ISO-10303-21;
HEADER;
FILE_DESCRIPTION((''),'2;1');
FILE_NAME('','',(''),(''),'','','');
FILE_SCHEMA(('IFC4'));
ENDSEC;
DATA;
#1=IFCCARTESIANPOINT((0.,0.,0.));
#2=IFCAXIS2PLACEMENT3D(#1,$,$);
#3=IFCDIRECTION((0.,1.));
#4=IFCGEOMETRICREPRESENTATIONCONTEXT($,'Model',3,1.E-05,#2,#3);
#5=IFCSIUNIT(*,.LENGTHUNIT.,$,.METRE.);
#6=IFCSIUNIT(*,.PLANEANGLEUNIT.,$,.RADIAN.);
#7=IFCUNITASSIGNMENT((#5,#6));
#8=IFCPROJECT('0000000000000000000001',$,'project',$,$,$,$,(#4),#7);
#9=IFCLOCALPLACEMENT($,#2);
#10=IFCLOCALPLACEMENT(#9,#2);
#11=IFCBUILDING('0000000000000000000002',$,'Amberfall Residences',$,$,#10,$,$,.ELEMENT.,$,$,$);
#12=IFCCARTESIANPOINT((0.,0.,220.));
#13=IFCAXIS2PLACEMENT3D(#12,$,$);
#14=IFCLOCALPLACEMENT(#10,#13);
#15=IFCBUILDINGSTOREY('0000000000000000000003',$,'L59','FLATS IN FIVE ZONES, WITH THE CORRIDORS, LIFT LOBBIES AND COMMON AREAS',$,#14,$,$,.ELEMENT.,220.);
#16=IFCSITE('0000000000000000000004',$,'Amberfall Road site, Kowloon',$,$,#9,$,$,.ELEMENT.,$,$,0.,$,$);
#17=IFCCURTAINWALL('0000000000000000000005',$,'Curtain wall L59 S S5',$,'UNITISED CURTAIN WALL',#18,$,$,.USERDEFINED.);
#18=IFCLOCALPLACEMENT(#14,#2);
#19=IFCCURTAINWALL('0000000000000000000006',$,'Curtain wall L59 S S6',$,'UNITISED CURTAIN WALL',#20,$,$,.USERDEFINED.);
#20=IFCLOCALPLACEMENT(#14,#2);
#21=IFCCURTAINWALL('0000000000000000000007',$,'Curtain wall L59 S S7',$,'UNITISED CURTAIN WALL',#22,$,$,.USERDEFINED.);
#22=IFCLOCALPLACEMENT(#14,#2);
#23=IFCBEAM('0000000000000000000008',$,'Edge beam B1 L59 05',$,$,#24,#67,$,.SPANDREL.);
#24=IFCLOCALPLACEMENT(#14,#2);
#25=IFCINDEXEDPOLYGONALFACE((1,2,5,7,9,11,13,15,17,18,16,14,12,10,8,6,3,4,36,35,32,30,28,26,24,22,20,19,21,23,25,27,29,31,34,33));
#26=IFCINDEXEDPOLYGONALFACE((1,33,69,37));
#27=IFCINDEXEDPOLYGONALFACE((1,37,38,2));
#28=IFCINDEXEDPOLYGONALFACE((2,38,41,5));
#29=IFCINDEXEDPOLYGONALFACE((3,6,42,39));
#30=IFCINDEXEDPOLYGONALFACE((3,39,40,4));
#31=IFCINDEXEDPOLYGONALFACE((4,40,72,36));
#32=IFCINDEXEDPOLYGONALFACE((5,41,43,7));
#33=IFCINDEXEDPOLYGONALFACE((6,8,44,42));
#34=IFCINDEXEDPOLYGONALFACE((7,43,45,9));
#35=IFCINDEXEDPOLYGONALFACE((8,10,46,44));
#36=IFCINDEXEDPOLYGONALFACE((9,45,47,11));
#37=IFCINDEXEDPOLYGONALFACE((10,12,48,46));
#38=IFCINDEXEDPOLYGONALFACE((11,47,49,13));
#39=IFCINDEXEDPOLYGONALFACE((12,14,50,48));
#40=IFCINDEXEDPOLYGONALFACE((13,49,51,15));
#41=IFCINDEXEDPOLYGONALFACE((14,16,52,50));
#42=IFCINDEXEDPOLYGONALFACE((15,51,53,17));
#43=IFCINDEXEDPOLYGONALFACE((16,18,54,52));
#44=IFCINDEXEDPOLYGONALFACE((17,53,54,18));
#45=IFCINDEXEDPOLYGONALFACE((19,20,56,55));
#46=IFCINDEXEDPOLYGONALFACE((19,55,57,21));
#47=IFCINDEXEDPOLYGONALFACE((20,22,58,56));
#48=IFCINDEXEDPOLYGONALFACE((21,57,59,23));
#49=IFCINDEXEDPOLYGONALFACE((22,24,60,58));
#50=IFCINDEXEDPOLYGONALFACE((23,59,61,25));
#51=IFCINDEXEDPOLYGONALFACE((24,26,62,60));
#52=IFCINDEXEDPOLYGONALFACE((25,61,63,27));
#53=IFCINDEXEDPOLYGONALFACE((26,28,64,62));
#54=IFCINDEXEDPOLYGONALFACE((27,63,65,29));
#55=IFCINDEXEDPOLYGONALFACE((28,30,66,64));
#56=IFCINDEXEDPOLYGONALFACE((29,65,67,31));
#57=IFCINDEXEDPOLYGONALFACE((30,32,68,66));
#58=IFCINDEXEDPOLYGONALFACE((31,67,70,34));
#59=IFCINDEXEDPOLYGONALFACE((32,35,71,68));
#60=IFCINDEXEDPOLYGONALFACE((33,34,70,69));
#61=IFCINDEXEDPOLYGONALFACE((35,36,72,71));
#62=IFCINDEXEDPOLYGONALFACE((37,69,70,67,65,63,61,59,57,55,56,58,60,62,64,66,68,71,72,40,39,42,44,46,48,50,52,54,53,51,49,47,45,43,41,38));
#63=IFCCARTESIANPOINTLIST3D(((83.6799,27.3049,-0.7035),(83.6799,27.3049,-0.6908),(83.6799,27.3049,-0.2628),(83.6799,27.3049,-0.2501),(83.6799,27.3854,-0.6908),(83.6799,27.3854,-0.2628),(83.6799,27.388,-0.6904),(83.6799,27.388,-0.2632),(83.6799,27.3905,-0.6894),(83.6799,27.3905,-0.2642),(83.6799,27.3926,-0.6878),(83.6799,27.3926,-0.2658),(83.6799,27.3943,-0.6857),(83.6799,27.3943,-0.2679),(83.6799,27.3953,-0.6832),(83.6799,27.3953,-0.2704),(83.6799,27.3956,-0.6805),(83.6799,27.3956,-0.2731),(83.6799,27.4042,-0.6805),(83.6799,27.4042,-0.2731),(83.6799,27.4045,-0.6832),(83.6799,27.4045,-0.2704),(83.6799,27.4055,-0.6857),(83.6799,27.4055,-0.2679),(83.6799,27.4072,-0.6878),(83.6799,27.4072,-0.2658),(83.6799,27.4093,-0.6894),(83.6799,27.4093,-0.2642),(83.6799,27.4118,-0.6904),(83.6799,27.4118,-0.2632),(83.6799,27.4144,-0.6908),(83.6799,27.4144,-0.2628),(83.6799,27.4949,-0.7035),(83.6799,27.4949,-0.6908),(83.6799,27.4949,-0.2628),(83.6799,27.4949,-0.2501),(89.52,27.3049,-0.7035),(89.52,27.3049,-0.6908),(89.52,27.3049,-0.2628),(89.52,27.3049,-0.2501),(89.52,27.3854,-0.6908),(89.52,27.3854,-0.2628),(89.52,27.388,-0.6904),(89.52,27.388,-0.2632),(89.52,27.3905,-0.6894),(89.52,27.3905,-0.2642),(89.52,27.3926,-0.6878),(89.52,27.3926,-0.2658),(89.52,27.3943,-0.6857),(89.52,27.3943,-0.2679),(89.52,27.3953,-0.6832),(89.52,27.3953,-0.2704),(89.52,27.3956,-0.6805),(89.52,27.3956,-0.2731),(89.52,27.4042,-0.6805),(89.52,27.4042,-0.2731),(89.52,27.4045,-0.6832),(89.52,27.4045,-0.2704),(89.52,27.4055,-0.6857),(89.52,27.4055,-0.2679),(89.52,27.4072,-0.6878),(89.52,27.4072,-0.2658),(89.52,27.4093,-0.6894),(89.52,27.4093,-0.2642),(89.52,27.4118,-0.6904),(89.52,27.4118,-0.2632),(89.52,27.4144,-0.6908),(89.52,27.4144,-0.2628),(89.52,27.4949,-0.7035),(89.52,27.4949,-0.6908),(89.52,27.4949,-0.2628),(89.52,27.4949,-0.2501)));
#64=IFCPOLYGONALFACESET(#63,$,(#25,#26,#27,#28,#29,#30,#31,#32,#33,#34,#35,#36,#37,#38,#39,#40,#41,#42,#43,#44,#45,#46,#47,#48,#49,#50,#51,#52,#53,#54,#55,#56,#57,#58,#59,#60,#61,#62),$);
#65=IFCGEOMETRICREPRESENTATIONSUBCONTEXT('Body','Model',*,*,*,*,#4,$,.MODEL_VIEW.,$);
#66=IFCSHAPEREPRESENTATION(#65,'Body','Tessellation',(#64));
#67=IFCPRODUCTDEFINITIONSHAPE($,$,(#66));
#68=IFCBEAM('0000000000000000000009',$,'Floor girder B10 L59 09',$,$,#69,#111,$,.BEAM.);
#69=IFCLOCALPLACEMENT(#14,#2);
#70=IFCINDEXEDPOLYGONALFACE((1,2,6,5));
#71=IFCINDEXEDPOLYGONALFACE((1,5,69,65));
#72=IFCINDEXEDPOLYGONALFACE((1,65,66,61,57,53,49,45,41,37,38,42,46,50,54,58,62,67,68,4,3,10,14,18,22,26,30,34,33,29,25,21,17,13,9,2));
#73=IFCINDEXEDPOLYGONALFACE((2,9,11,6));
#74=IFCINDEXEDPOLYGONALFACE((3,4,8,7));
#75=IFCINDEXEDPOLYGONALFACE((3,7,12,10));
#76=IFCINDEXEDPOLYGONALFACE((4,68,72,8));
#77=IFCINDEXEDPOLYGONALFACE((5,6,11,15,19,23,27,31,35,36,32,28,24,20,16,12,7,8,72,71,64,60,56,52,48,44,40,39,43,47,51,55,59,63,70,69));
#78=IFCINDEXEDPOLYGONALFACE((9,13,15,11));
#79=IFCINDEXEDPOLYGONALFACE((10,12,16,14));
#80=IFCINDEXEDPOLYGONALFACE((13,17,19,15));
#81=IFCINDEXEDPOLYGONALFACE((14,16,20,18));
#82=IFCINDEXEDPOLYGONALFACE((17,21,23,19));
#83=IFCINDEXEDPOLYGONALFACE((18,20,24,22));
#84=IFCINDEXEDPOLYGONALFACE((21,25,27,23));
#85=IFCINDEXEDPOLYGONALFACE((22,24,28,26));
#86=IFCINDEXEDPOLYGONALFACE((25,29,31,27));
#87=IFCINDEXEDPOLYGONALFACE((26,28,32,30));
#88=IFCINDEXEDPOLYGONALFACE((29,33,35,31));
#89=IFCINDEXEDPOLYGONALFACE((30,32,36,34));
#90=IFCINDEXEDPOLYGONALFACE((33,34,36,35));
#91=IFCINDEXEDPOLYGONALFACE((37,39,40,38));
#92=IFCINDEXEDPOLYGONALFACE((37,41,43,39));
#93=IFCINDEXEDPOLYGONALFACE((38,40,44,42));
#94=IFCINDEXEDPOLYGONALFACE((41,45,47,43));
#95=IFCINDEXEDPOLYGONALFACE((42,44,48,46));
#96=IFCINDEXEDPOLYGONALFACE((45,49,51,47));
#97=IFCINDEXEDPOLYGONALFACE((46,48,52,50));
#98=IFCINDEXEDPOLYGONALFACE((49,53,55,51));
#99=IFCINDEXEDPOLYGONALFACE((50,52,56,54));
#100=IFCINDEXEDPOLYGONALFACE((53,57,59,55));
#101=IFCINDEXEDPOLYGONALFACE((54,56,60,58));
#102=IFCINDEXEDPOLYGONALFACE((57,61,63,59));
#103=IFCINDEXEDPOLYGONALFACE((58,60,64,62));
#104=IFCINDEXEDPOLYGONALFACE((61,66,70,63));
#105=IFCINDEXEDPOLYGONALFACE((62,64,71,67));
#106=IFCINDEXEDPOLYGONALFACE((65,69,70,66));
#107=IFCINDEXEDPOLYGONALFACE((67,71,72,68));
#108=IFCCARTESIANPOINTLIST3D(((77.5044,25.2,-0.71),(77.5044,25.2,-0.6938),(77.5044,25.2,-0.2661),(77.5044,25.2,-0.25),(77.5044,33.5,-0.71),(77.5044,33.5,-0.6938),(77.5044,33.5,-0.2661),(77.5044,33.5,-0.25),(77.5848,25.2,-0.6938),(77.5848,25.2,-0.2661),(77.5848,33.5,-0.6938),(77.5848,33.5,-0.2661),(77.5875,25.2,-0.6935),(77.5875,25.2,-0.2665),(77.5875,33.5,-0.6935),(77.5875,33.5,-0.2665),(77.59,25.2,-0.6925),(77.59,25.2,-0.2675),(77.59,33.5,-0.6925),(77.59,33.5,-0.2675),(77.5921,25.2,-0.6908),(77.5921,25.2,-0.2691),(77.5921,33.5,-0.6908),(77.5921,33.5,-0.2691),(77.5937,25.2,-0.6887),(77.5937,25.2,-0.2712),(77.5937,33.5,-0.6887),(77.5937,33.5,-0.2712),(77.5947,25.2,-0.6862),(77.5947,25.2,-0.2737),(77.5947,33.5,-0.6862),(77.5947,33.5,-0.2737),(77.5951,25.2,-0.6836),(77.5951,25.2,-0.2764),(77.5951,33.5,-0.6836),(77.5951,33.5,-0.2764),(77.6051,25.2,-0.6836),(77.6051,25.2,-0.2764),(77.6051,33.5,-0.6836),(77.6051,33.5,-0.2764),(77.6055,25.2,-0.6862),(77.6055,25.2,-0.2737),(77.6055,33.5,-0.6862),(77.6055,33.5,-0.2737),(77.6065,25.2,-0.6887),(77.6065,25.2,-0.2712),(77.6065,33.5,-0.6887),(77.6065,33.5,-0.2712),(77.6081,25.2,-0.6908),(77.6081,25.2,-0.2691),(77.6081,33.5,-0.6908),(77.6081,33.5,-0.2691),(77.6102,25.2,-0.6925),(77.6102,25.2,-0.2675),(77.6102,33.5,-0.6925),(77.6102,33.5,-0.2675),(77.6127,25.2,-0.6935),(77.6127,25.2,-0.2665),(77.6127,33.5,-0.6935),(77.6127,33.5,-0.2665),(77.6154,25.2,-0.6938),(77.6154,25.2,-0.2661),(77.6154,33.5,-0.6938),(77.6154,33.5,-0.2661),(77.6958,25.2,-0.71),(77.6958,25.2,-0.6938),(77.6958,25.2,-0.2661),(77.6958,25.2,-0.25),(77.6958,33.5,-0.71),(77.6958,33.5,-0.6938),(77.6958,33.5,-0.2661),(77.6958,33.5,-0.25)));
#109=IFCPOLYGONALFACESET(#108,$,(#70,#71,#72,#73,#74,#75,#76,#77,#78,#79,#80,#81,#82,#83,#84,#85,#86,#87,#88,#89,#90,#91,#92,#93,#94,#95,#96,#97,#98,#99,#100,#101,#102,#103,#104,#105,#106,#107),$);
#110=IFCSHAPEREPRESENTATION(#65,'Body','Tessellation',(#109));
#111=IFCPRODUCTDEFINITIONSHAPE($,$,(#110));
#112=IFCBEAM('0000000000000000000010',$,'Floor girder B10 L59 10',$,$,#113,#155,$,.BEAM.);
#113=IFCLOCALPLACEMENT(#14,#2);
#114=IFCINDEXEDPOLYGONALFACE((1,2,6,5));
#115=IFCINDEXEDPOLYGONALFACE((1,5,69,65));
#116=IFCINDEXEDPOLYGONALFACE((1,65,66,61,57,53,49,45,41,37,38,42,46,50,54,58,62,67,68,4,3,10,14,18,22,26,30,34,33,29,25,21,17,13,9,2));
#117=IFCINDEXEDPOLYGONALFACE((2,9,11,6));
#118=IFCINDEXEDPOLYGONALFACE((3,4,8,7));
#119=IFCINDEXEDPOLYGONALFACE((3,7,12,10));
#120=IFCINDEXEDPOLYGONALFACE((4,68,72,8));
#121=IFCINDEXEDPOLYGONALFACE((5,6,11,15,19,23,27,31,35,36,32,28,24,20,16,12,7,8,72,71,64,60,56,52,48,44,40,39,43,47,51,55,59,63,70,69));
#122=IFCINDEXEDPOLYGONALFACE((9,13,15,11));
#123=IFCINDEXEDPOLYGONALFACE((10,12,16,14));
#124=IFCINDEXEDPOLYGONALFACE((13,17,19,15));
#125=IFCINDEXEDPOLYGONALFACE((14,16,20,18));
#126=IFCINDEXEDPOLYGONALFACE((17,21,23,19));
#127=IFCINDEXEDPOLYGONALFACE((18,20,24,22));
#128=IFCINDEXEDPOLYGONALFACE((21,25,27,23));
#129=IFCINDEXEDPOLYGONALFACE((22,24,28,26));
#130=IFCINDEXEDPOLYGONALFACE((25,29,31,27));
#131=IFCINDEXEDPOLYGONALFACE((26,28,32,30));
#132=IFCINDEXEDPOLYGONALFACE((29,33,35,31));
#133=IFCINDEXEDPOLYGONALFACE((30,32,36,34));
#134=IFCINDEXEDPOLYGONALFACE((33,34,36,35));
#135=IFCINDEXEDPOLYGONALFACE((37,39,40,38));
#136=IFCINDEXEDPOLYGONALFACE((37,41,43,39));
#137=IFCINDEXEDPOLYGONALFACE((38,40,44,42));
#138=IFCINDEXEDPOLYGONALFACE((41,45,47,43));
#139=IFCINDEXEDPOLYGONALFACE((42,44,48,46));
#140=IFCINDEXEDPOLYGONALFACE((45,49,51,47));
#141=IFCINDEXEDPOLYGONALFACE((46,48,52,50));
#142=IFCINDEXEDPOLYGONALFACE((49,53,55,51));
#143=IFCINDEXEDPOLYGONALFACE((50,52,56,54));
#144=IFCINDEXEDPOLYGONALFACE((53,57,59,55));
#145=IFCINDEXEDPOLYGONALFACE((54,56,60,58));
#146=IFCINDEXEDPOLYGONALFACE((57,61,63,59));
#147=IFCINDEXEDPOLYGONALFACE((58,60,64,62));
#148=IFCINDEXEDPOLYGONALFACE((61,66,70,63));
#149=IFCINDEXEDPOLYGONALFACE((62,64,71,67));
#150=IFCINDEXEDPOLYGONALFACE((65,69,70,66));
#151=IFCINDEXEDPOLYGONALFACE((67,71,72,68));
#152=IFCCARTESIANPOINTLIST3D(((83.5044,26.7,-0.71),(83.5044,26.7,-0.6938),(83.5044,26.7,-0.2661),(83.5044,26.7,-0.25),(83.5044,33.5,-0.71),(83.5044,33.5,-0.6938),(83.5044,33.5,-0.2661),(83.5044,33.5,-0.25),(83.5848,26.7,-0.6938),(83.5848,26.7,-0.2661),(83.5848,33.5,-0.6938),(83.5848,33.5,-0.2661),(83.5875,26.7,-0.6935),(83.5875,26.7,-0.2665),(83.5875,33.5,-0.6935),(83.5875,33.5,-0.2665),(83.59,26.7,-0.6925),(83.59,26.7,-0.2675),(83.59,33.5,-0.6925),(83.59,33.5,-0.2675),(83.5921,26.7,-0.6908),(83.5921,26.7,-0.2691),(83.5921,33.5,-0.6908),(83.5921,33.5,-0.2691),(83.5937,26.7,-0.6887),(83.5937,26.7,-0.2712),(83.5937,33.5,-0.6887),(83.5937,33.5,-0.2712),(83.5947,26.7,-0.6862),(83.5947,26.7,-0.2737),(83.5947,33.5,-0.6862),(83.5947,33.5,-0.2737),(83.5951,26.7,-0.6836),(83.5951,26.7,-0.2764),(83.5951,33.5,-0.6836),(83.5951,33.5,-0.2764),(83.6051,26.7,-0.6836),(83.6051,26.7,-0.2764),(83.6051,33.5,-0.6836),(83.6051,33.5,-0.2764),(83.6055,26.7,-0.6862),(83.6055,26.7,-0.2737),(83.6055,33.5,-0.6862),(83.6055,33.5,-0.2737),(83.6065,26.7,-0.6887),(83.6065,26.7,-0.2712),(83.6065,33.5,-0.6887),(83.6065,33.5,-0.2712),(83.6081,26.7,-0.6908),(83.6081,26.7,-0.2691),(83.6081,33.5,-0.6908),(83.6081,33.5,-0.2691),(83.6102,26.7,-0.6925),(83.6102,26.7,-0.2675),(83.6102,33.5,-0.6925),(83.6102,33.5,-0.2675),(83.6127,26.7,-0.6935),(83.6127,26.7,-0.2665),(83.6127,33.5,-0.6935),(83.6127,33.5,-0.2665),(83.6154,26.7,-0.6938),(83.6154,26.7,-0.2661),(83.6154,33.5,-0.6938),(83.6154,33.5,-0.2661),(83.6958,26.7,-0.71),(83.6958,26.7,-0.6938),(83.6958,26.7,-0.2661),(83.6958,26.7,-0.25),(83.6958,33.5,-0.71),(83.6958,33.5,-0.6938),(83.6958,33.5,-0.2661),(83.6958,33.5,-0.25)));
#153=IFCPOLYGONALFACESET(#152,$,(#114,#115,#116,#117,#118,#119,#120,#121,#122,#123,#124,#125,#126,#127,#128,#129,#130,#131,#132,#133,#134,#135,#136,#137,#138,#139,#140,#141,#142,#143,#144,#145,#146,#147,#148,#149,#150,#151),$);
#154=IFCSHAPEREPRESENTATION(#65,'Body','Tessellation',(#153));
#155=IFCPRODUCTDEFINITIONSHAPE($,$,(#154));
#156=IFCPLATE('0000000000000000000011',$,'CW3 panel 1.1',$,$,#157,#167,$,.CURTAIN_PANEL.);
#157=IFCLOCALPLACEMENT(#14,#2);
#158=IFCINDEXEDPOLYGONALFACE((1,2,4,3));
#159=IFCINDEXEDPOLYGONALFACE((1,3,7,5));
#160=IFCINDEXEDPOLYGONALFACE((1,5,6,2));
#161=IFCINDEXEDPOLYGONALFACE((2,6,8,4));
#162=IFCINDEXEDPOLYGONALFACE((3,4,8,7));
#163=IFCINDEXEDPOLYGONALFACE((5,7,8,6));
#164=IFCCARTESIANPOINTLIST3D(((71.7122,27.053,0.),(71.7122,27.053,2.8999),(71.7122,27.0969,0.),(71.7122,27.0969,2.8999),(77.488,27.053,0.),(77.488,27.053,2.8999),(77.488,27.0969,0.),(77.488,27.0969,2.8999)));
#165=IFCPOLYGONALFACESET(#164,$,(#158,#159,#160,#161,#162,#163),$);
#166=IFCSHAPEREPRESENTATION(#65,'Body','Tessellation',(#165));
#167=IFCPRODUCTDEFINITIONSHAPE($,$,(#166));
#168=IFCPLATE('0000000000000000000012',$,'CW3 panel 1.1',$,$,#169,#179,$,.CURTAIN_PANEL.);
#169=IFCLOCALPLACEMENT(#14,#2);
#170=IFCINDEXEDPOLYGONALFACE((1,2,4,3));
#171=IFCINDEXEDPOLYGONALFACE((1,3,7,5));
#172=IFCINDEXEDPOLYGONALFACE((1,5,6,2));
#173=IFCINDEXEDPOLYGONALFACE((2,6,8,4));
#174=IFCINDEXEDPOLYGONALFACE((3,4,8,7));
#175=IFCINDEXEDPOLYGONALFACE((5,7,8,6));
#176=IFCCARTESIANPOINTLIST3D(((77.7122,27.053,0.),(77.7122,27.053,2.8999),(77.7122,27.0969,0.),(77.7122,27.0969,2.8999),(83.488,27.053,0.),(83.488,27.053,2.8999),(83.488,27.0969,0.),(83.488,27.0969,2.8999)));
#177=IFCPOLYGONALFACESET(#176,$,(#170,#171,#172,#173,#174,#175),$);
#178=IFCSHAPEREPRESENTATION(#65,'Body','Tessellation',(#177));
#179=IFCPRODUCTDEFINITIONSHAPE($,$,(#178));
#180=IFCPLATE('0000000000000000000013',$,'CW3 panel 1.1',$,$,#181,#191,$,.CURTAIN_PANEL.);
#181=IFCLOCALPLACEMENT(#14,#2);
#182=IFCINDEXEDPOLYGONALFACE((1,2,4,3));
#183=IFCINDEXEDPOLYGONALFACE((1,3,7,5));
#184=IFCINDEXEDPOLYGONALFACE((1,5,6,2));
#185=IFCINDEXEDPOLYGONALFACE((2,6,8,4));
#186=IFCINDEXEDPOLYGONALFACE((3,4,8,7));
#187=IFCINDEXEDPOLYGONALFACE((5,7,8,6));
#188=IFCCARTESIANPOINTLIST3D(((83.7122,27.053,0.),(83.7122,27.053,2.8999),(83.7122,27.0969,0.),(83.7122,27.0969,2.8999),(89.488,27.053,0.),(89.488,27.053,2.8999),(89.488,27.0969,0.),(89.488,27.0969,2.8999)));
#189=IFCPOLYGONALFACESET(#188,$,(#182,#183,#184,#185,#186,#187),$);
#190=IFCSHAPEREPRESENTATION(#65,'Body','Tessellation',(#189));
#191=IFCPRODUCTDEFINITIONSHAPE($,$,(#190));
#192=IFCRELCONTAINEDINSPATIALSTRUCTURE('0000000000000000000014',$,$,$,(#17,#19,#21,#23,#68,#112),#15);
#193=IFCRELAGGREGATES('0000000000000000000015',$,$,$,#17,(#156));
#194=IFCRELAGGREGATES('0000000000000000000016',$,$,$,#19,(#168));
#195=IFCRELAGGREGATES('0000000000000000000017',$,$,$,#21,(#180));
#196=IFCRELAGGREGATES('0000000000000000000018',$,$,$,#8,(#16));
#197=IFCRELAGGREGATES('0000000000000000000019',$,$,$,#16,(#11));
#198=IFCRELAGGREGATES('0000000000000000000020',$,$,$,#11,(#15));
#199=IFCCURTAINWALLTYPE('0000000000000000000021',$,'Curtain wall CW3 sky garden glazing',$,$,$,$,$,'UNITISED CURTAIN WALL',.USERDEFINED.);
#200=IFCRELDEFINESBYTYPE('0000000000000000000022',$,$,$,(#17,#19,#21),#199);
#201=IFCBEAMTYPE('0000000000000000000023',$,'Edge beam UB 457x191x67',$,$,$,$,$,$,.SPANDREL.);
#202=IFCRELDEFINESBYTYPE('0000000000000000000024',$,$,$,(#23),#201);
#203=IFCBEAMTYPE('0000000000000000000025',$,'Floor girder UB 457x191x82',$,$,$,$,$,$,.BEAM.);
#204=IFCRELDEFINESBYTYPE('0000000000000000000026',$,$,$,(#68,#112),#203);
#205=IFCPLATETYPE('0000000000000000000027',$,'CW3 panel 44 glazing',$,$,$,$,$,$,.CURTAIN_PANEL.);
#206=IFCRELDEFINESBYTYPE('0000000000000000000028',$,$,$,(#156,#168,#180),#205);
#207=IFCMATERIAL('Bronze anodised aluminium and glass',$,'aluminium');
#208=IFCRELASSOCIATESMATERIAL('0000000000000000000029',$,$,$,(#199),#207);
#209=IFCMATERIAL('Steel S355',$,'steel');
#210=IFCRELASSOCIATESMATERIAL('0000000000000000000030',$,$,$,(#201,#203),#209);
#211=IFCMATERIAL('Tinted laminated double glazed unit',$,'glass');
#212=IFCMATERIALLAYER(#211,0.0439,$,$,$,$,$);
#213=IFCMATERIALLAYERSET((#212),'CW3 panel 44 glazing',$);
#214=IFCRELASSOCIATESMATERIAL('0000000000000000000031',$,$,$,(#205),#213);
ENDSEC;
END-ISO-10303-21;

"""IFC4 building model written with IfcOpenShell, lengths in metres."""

from ifc_helpers import new_model, si_unit, direction, frame, origin, origin_2d, place, context, subcontext, project, spatial, rectangle, i_section, extrude, material, layer, layer_set, material_profile, profile_set, type_object, element, aggregate, save


model = new_model("IFC4")

# Units and contexts
model_context = context("Model", 3, precision=1e-05, world=origin(), true_north=direction((0.0, 1.0)))
body_context = subcontext(model_context, "Body", "Model", "MODEL_VIEW")
ifc_project = project(units=[si_unit("LENGTHUNIT", "METRE"), si_unit("PLANEANGLEUNIT", "RADIAN")], contexts=[model_context])

# Site, building, storey
site_placement = place(None, origin())
site = spatial("IfcSite", under=ifc_project, at=site_placement, Name="Amberfall Road site, Kowloon", CompositionType="ELEMENT", RefElevation=0.0)
building_placement = place(site_placement, origin())
building = spatial("IfcBuilding", under=site, at=building_placement, Name="Amberfall Residences", CompositionType="ELEMENT")
storey_placement = place(building_placement, frame((0.0, 0.0, 220.0)))
storey = spatial("IfcBuildingStorey", under=building, at=storey_placement, Name="L59", Description="FLATS IN FIVE ZONES, WITH THE CORRIDORS, LIFT LOBBIES AND COMMON AREAS", CompositionType="ELEMENT", Elevation=220.0)

# Curtain wall
ifc_material_1 = material(Name="Bronze anodised aluminium and glass", Category="aluminium")
curtain_wall_type = type_object("IfcCurtainWallType", Name="Curtain wall CW3 sky garden glazing", ElementType="UNITISED CURTAIN WALL", PredefinedType="USERDEFINED", material=ifc_material_1)
curtain_wall_1_placement = place(storey_placement, origin())
curtain_wall_1 = element("IfcCurtainWall", 1, at=curtain_wall_1_placement, inside=storey, type_object=curtain_wall_type, Name="Curtain wall L59 S S5", ObjectType="UNITISED CURTAIN WALL", PredefinedType="USERDEFINED")

# Curtain wall
curtain_wall_2_placement = place(storey_placement, origin())
curtain_wall_2 = element("IfcCurtainWall", 2, at=curtain_wall_2_placement, inside=storey, type_object=curtain_wall_type, Name="Curtain wall L59 S S6", ObjectType="UNITISED CURTAIN WALL", PredefinedType="USERDEFINED")

# Curtain wall
curtain_wall_3_placement = place(storey_placement, origin())
curtain_wall_3 = element("IfcCurtainWall", 3, at=curtain_wall_3_placement, inside=storey, type_object=curtain_wall_type, Name="Curtain wall L59 S S7", ObjectType="UNITISED CURTAIN WALL", PredefinedType="USERDEFINED")

# Beams
ifc_material_2 = material(Name="Steel S355", Category="steel")
ifc_material_profile_1 = material_profile(ifc_material_2, i_section(OverallWidth=0.1899, OverallDepth=0.4534, WebThickness=0.0085, FlangeThickness=0.0127, FilletRadius=0.0103, at=origin_2d()), Name="UB 457x191x67")
ifc_profile_set_1 = profile_set([ifc_material_profile_1], Name="Steel S355")
beam_type_1 = type_object("IfcBeamType", Name="Edge beam UB 457x191x67", PredefinedType="SPANDREL", material=ifc_profile_set_1)
for number, where, z_axis, x_axis, name in (
    (4, (83.6799, 27.3999, -0.4768), (1.0, 0.0, 0.0), (0.0, 1.0, 0.0), "Edge beam B1 L59 05"),
):
    element("IfcBeam", number, at=place(storey_placement, frame(where, z_axis=z_axis, x_axis=x_axis)), inside=storey, type_object=beam_type_1, Name=name, PredefinedType="SPANDREL", context=body_context, shape_type="SweptSolid", body=[
        extrude(i_section(OverallWidth=0.1899, OverallDepth=0.4534, WebThickness=0.0085, FlangeThickness=0.0127, FilletRadius=0.0103, at=origin_2d()), origin(), (0.0, 0.0, 1.0), 5.8401),
    ])
ifc_material_profile_2 = material_profile(ifc_material_2, i_section(OverallWidth=0.1914, OverallDepth=0.46, WebThickness=0.01, FlangeThickness=0.0161, FilletRadius=0.0103, at=origin_2d()), Name="UB 457x191x82")
ifc_profile_set_2 = profile_set([ifc_material_profile_2], Name="Steel S355")
beam_type_2 = type_object("IfcBeamType", Name="Floor girder UB 457x191x82", PredefinedType="BEAM", material=ifc_profile_set_2)
beam_1_placement = place(storey_placement, frame((77.6001, 25.2, -0.48), z_axis=(0.0, 1.0, 0.0), x_axis=(-1.0, 0.0, 0.0)))
element("IfcBeam", 5, at=beam_1_placement, inside=storey, type_object=beam_type_2, Name="Floor girder B10 L59 09", PredefinedType="BEAM", context=body_context, shape_type="SweptSolid", body=[
    extrude(i_section(OverallWidth=0.1914, OverallDepth=0.46, WebThickness=0.01, FlangeThickness=0.0161, FilletRadius=0.0103, at=origin_2d()), origin(), (0.0, 0.0, 1.0), 8.3),
])
beam_2_placement = place(storey_placement, frame((83.6001, 26.7, -0.48), z_axis=(0.0, 1.0, 0.0), x_axis=(-1.0, 0.0, 0.0)))
element("IfcBeam", 6, at=beam_2_placement, inside=storey, type_object=beam_type_2, Name="Floor girder B10 L59 10", PredefinedType="BEAM", context=body_context, shape_type="SweptSolid", body=[
    extrude(i_section(OverallWidth=0.1914, OverallDepth=0.46, WebThickness=0.01, FlangeThickness=0.0161, FilletRadius=0.0103, at=origin_2d()), origin(), (0.0, 0.0, 1.0), 6.8),
])

# Plates
ifc_material_3 = material(Name="Tinted laminated double glazed unit", Category="glass")
ifc_layer_1 = layer(ifc_material_3, 0.0439)
ifc_layer_set_1 = layer_set([ifc_layer_1], Name="CW3 panel 44 glazing")
plate_type = type_object("IfcPlateType", Name="CW3 panel 44 glazing", PredefinedType="CURTAIN_PANEL", material=ifc_layer_set_1)
plate_1_placement = place(storey_placement, frame((74.6001, 27.075, 0.0), z_axis=(0.0, 0.0, 1.0), x_axis=(1.0, 0.0, 0.0)))
plate_1 = element("IfcPlate", 7, at=plate_1_placement, type_object=plate_type, Name="CW3 panel 1.1", PredefinedType="CURTAIN_PANEL", context=body_context, shape_type="SweptSolid", body=[
    extrude(rectangle(XDim=5.7759, YDim=0.0439, at=origin_2d()), origin(), (0.0, 0.0, 1.0), 2.8999),
])
aggregate(curtain_wall_1, [plate_1])
plate_2_placement = place(storey_placement, frame((80.6001, 27.075, 0.0), z_axis=(0.0, 0.0, 1.0), x_axis=(1.0, 0.0, 0.0)))
plate_2 = element("IfcPlate", 8, at=plate_2_placement, type_object=plate_type, Name="CW3 panel 1.1", PredefinedType="CURTAIN_PANEL", context=body_context, shape_type="SweptSolid", body=[
    extrude(rectangle(XDim=5.7759, YDim=0.0439, at=origin_2d()), origin(), (0.0, 0.0, 1.0), 2.8999),
])
aggregate(curtain_wall_2, [plate_2])
plate_3_placement = place(storey_placement, frame((86.6001, 27.075, 0.0), z_axis=(0.0, 0.0, 1.0), x_axis=(1.0, 0.0, 0.0)))
plate_3 = element("IfcPlate", 9, at=plate_3_placement, type_object=plate_type, Name="CW3 panel 1.1", PredefinedType="CURTAIN_PANEL", context=body_context, shape_type="SweptSolid", body=[
    extrude(rectangle(XDim=5.7759, YDim=0.0439, at=origin_2d()), origin(), (0.0, 0.0, 1.0), 2.8999),
])
aggregate(curtain_wall_3, [plate_3])

save(model, "model.ifc")
